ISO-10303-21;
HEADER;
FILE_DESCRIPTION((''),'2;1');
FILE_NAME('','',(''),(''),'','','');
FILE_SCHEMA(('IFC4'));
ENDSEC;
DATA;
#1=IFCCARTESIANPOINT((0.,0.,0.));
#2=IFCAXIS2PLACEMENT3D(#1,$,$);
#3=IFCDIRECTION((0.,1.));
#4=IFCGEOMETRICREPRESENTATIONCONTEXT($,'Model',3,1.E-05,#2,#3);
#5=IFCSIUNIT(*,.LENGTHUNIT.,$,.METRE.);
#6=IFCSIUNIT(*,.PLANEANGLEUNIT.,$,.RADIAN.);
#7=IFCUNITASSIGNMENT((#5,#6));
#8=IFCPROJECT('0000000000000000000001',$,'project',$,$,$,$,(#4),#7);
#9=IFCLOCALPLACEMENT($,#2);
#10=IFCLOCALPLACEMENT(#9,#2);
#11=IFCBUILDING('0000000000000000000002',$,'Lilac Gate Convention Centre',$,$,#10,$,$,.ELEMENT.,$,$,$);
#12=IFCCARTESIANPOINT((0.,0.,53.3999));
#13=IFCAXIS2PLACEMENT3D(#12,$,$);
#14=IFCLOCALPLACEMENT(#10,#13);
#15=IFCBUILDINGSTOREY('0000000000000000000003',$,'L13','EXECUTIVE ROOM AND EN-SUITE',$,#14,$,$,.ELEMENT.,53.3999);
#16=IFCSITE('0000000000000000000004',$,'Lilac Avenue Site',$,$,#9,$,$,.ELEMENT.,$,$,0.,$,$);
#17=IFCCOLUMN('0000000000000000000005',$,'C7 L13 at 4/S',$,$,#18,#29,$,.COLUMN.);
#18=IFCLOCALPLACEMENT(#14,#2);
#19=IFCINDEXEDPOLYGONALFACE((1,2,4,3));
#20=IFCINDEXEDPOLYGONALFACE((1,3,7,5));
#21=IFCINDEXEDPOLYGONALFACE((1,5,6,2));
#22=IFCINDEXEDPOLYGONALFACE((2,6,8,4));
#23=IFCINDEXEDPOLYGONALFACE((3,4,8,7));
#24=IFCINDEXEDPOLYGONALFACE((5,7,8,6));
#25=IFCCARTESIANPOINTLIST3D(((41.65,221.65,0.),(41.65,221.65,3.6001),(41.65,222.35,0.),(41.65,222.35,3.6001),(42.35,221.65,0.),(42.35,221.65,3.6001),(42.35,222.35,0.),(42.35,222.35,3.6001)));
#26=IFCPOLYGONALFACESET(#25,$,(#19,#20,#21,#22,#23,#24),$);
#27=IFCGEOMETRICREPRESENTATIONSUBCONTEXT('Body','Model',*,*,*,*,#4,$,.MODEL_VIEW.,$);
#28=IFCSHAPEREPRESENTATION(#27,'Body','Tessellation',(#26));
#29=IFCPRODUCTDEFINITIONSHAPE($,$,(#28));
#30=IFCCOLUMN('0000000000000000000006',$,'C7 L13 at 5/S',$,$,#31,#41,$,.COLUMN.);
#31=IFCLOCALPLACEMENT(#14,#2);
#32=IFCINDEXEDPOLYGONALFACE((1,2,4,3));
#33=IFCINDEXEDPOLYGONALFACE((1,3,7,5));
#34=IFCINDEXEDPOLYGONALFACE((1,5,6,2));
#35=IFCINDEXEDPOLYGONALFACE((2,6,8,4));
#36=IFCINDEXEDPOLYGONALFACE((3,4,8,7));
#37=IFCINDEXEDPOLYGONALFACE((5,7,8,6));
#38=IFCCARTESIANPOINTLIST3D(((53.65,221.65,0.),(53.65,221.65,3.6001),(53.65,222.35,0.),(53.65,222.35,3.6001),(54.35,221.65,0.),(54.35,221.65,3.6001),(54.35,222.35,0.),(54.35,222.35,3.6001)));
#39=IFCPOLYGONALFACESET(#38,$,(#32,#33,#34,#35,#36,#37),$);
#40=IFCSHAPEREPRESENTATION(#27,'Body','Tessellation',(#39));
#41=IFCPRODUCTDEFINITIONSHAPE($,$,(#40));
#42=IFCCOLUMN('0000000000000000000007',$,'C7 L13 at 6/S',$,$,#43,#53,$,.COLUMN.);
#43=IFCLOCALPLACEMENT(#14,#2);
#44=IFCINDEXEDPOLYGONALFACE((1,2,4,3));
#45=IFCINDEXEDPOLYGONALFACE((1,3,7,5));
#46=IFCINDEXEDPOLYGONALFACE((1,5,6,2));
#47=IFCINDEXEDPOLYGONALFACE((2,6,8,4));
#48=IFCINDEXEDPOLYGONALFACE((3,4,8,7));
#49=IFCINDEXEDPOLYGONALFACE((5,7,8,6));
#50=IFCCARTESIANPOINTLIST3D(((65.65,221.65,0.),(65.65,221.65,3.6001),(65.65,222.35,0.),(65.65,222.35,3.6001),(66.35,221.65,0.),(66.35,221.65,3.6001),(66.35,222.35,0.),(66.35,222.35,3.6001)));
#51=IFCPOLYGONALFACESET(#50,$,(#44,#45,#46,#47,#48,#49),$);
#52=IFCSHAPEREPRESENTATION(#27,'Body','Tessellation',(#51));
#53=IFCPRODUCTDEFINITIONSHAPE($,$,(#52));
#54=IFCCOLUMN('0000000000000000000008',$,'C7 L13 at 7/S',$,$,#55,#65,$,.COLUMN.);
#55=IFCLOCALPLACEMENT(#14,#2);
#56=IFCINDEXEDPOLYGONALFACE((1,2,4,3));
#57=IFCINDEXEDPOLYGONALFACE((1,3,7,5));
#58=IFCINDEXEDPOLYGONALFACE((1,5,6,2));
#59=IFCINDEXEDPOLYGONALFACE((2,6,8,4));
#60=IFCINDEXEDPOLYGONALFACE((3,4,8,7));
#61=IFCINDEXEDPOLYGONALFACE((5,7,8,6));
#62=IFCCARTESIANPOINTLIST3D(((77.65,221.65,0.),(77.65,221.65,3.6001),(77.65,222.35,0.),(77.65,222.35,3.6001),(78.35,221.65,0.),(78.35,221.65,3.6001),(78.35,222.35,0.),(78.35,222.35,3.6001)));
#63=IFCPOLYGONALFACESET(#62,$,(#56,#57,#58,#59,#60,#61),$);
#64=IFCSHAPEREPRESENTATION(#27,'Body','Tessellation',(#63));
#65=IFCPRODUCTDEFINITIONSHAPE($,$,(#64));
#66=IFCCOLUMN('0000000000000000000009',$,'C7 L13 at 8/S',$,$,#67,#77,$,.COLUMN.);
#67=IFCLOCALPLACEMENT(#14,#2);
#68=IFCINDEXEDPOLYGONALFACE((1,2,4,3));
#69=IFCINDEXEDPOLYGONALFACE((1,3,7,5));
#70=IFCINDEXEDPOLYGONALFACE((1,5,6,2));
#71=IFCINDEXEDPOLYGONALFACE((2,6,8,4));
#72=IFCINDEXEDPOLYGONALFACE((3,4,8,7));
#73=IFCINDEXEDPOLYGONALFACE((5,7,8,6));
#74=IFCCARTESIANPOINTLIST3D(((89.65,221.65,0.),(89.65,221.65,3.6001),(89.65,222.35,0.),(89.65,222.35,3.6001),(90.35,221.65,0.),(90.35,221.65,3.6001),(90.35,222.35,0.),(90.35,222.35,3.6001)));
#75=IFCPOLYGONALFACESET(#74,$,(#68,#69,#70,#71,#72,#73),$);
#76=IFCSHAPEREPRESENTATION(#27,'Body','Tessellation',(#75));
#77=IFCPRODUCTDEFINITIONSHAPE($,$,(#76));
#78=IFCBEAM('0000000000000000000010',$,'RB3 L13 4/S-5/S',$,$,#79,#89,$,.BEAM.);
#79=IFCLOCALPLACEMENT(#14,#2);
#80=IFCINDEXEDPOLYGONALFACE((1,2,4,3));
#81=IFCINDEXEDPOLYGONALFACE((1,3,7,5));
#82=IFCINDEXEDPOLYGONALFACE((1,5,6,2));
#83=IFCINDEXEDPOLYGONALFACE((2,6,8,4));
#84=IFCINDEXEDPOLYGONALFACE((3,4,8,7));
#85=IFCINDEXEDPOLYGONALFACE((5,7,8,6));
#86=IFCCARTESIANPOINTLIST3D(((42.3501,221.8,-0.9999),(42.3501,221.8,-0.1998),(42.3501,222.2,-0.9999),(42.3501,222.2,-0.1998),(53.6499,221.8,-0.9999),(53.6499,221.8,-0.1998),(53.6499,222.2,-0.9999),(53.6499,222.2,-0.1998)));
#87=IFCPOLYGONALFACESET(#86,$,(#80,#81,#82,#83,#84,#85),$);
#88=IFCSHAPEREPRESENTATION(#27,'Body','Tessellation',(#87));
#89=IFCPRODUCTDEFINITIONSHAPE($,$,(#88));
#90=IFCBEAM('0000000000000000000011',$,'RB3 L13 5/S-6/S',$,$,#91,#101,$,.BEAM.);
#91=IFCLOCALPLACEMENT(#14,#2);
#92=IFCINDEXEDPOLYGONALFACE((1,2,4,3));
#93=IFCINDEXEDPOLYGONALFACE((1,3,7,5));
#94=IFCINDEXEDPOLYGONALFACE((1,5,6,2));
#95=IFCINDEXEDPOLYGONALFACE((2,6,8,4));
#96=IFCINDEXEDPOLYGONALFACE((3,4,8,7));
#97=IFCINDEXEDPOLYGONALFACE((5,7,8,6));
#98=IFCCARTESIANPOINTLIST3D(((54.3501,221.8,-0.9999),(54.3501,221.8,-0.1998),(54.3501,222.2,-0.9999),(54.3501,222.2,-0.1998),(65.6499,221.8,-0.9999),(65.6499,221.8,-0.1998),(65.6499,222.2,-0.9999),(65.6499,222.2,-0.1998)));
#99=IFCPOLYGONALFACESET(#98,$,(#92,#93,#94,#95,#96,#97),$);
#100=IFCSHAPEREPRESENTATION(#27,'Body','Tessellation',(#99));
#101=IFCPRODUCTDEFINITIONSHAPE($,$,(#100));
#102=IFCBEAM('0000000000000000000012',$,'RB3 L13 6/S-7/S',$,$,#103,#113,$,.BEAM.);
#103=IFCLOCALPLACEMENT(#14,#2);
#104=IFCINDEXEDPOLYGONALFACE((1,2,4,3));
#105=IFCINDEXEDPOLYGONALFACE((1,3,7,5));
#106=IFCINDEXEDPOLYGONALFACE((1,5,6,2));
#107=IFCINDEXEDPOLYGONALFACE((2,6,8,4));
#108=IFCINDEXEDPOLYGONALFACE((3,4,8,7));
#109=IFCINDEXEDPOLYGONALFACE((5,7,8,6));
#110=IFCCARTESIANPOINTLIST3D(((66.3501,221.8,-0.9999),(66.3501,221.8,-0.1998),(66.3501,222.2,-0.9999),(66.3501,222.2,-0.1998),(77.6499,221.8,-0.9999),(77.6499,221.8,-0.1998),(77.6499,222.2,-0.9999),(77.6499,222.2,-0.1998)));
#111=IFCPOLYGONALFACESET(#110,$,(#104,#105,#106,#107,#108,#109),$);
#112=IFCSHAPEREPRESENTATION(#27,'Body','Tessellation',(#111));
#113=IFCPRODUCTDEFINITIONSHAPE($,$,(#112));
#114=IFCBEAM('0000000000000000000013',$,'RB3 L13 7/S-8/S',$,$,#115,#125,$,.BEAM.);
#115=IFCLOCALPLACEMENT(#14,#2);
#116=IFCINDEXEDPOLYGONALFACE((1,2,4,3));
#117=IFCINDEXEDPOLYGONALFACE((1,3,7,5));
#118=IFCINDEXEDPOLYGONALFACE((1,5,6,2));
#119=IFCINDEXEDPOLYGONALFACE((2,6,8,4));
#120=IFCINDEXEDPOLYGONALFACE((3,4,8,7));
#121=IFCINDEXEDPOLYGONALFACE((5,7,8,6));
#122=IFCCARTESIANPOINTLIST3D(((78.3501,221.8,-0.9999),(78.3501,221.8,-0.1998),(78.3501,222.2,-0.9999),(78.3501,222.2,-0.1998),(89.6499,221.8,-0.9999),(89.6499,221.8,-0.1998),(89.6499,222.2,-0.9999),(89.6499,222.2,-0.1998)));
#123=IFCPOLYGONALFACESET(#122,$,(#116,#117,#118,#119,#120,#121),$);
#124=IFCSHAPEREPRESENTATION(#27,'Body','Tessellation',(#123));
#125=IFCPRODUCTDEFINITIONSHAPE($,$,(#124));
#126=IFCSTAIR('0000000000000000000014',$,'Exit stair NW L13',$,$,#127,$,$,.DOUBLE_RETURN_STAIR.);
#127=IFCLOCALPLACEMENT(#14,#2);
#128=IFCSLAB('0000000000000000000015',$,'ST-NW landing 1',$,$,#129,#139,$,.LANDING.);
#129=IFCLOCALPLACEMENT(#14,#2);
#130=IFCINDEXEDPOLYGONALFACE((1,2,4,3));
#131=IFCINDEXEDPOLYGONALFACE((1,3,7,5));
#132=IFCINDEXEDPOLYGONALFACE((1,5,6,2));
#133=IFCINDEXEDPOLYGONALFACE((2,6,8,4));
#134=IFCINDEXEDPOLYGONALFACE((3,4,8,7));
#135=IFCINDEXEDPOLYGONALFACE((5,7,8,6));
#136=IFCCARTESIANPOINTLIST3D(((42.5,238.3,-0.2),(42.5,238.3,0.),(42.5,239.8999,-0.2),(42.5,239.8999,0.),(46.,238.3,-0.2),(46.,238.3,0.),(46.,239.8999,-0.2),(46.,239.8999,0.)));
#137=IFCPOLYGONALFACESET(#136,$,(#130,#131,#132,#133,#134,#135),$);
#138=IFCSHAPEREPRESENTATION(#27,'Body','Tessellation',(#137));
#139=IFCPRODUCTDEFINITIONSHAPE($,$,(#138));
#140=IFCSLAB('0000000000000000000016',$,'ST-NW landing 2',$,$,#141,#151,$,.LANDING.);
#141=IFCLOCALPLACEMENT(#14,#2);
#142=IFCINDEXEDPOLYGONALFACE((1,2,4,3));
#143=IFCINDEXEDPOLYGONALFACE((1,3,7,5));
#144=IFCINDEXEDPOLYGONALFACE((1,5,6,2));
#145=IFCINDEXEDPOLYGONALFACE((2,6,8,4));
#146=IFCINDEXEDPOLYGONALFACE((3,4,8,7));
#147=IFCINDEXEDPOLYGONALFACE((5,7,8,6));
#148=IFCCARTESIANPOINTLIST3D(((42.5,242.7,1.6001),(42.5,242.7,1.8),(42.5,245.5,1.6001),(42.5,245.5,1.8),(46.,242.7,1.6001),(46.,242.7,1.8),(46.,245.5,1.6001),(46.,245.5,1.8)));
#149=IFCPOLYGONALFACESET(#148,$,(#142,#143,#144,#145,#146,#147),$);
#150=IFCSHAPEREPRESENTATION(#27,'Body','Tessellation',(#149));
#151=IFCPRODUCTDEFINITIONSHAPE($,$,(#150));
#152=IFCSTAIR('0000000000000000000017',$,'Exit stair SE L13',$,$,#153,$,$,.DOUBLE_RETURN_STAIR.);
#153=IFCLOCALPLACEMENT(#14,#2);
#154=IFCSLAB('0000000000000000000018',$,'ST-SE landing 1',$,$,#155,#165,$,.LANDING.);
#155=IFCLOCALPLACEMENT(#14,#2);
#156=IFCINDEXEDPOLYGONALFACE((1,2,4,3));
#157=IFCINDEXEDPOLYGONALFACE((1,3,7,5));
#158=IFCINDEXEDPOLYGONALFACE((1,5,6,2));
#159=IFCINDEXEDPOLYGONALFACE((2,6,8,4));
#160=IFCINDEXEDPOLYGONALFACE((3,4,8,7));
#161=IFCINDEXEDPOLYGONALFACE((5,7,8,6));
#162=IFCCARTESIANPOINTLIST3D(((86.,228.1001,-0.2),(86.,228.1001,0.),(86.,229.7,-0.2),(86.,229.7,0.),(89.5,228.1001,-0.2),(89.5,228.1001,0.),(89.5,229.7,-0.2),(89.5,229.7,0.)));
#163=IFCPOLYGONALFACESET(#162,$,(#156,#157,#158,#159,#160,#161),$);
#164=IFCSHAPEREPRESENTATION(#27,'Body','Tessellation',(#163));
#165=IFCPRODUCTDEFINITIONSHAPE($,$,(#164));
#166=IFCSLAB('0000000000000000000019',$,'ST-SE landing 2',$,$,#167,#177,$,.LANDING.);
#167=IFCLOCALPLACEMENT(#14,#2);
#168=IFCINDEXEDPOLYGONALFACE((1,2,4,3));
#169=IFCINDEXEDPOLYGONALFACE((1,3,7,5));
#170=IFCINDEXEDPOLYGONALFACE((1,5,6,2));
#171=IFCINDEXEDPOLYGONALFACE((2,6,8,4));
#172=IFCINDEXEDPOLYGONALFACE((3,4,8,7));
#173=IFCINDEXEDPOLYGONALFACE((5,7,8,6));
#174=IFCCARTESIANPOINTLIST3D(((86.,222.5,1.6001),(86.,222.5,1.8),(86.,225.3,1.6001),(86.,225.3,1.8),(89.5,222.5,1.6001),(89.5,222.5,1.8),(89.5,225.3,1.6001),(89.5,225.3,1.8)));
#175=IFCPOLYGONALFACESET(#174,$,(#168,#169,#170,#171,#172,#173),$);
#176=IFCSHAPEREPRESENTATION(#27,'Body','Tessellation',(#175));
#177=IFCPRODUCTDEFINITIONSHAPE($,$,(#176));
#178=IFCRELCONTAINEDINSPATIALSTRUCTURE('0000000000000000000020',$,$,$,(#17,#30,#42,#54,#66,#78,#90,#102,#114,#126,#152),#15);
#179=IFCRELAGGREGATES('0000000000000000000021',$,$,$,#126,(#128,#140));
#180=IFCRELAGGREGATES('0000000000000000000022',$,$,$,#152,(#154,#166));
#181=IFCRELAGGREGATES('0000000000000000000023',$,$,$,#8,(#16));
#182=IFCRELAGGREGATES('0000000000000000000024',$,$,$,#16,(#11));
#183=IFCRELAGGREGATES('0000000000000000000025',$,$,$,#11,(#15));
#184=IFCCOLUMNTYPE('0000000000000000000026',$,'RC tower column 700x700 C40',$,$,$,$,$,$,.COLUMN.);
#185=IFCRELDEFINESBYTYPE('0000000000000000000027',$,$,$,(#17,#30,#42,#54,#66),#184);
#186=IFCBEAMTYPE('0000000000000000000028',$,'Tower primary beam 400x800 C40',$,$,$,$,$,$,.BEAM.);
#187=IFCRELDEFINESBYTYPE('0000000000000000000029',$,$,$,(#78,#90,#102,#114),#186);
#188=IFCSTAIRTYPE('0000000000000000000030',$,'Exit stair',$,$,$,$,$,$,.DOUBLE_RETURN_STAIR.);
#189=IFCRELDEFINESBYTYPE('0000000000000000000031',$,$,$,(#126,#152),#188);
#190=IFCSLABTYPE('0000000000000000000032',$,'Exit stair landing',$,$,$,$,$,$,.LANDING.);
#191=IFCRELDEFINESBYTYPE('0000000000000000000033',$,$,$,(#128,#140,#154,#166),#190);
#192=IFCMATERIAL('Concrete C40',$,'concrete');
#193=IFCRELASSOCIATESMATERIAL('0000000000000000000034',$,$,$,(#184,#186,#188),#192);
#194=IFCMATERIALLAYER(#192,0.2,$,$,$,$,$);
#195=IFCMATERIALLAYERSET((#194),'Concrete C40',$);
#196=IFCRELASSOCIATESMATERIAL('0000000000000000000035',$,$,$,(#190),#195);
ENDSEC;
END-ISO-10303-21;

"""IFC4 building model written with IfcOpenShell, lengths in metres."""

from ifc_helpers import new_model, si_unit, direction, frame, origin, origin_2d, place, context, subcontext, project, spatial, polyline, rectangle, outline, extrude, material, layer, layer_set, material_profile, profile_set, type_object, element, aggregate, save


model = new_model("IFC4")

# Units and contexts
model_context = context("Model", 3, precision=1e-05, world=origin(), true_north=direction((0.0, 1.0)))
body_context = subcontext(model_context, "Body", "Model", "MODEL_VIEW")
ifc_project = project(units=[si_unit("LENGTHUNIT", "METRE"), si_unit("PLANEANGLEUNIT", "RADIAN")], contexts=[model_context])

# Site, building, storey
site_placement = place(None, origin())
site = spatial("IfcSite", under=ifc_project, at=site_placement, Name="Lilac Avenue Site", CompositionType="ELEMENT", RefElevation=0.0)
building_placement = place(site_placement, origin())
building = spatial("IfcBuilding", under=site, at=building_placement, Name="Lilac Gate Convention Centre", CompositionType="ELEMENT")
storey_placement = place(building_placement, frame((0.0, 0.0, 53.3999)))
storey = spatial("IfcBuildingStorey", under=building, at=storey_placement, Name="L13", Description="EXECUTIVE ROOM AND EN-SUITE", CompositionType="ELEMENT", Elevation=53.3999)

# Columns
ifc_material_1 = material(Name="Concrete C40", Category="concrete")
ifc_material_profile_1 = material_profile(ifc_material_1, rectangle(XDim=0.7, YDim=0.7, at=origin_2d()), Name="RC 700x700")
ifc_profile_set_1 = profile_set([ifc_material_profile_1], Name="Concrete C40")
column_type = type_object("IfcColumnType", Name="RC tower column 700x700 C40", PredefinedType="COLUMN", material=ifc_profile_set_1)
for number, where, z_axis, x_axis, name in (
    (1, (42.0, 222.0, 0.0), (0.0, 0.0, 1.0), (1.0, 0.0, 0.0), "C7 L13 at 4/S"),
    (2, (54.0, 222.0, 0.0), (0.0, 0.0, 1.0), (1.0, 0.0, 0.0), "C7 L13 at 5/S"),
    (3, (66.0, 222.0, 0.0), (0.0, 0.0, 1.0), (1.0, 0.0, 0.0), "C7 L13 at 6/S"),
    (4, (78.0, 222.0, 0.0), (0.0, 0.0, 1.0), (1.0, 0.0, 0.0), "C7 L13 at 7/S"),
    (5, (90.0, 222.0, 0.0), (0.0, 0.0, 1.0), (1.0, 0.0, 0.0), "C7 L13 at 8/S"),
):
    element("IfcColumn", number, at=place(storey_placement, frame(where, z_axis=z_axis, x_axis=x_axis)), inside=storey, type_object=column_type, Name=name, PredefinedType="COLUMN", context=body_context, shape_type="SweptSolid", body=[
        extrude(rectangle(XDim=0.7, YDim=0.7, at=origin_2d()), origin(), (0.0, 0.0, 1.0), 3.6001),
    ])

# Beams
ifc_material_profile_2 = material_profile(ifc_material_1, rectangle(XDim=0.3999, YDim=0.8, at=origin_2d()), Name="RC 400x800")
ifc_profile_set_2 = profile_set([ifc_material_profile_2], Name="Concrete C40")
beam_type = type_object("IfcBeamType", Name="Tower primary beam 400x800 C40", PredefinedType="BEAM", material=ifc_profile_set_2)
for number, where, z_axis, x_axis, name in (
    (6, (42.3501, 222.0, -0.5999), (1.0, 0.0, 0.0), (0.0, 1.0, 0.0), "RB3 L13 4/S-5/S"),
    (7, (54.3501, 222.0, -0.5999), (1.0, 0.0, 0.0), (0.0, 1.0, 0.0), "RB3 L13 5/S-6/S"),
    (8, (66.3501, 222.0, -0.5999), (1.0, 0.0, 0.0), (0.0, 1.0, 0.0), "RB3 L13 6/S-7/S"),
    (9, (78.3501, 222.0, -0.5999), (1.0, 0.0, 0.0), (0.0, 1.0, 0.0), "RB3 L13 7/S-8/S"),
):
    element("IfcBeam", number, at=place(storey_placement, frame(where, z_axis=z_axis, x_axis=x_axis)), inside=storey, type_object=beam_type, Name=name, PredefinedType="BEAM", context=body_context, shape_type="SweptSolid", body=[
        extrude(rectangle(XDim=0.3999, YDim=0.8, at=origin_2d()), origin(), (0.0, 0.0, 1.0), 11.2998),
    ])

# Stairs, slabs
stair_type = type_object("IfcStairType", Name="Exit stair", PredefinedType="DOUBLE_RETURN_STAIR", material=ifc_material_1)
stair_1_placement = place(storey_placement, origin())
stair_1 = element("IfcStair", 10, at=stair_1_placement, inside=storey, type_object=stair_type, Name="Exit stair NW L13", PredefinedType="DOUBLE_RETURN_STAIR")
ifc_layer_1 = layer(ifc_material_1, 0.2)
ifc_layer_set_1 = layer_set([ifc_layer_1], Name="Concrete C40")
slab_type_1 = type_object("IfcSlabType", Name="Exit stair landing", PredefinedType="LANDING", material=ifc_layer_set_1)
slab_1_placement = place(storey_placement, frame((0.0, 0.0, -0.2)))
slab_1 = element("IfcSlab", 11, at=slab_1_placement, type_object=slab_type_1, Name="ST-NW landing 1", PredefinedType="LANDING", context=body_context, shape_type="SweptSolid", body=[
    extrude(outline(polyline([(42.5, 238.3), (46.0, 238.3), (46.0, 239.8999), (42.5, 239.8999), (42.5, 238.3)])), origin(), (0.0, 0.0, 1.0), 0.2),
])
slab_2_placement = place(storey_placement, frame((0.0, 0.0, 1.6001)))
slab_2 = element("IfcSlab", 12, at=slab_2_placement, type_object=slab_type_1, Name="ST-NW landing 2", PredefinedType="LANDING", context=body_context, shape_type="SweptSolid", body=[
    extrude(outline(polyline([(42.5, 242.7), (46.0, 242.7), (46.0, 245.5), (42.5, 245.5), (42.5, 242.7)])), origin(), (0.0, 0.0, 1.0), 0.2),
])
aggregate(stair_1, [slab_1, slab_2])
stair_2_placement = place(storey_placement, origin())
stair_2 = element("IfcStair", 13, at=stair_2_placement, inside=storey, type_object=stair_type, Name="Exit stair SE L13", PredefinedType="DOUBLE_RETURN_STAIR")
slab_3_placement = place(storey_placement, frame((0.0, 0.0, -0.2)))
slab_3 = element("IfcSlab", 14, at=slab_3_placement, type_object=slab_type_1, Name="ST-SE landing 1", PredefinedType="LANDING", context=body_context, shape_type="SweptSolid", body=[
    extrude(outline(polyline([(86.0, 228.1001), (89.5, 228.1001), (89.5, 229.7), (86.0, 229.7), (86.0, 228.1001)])), origin(), (0.0, 0.0, 1.0), 0.2),
])
slab_4_placement = place(storey_placement, frame((0.0, 0.0, 1.6001)))
slab_4 = element("IfcSlab", 15, at=slab_4_placement, type_object=slab_type_1, Name="ST-SE landing 2", PredefinedType="LANDING", context=body_context, shape_type="SweptSolid", body=[
    extrude(outline(polyline([(86.0, 222.5), (89.5, 222.5), (89.5, 225.3), (86.0, 225.3), (86.0, 222.5)])), origin(), (0.0, 0.0, 1.0), 0.2),
])
aggregate(stair_2, [slab_3, slab_4])

save(model, "model.ifc")
